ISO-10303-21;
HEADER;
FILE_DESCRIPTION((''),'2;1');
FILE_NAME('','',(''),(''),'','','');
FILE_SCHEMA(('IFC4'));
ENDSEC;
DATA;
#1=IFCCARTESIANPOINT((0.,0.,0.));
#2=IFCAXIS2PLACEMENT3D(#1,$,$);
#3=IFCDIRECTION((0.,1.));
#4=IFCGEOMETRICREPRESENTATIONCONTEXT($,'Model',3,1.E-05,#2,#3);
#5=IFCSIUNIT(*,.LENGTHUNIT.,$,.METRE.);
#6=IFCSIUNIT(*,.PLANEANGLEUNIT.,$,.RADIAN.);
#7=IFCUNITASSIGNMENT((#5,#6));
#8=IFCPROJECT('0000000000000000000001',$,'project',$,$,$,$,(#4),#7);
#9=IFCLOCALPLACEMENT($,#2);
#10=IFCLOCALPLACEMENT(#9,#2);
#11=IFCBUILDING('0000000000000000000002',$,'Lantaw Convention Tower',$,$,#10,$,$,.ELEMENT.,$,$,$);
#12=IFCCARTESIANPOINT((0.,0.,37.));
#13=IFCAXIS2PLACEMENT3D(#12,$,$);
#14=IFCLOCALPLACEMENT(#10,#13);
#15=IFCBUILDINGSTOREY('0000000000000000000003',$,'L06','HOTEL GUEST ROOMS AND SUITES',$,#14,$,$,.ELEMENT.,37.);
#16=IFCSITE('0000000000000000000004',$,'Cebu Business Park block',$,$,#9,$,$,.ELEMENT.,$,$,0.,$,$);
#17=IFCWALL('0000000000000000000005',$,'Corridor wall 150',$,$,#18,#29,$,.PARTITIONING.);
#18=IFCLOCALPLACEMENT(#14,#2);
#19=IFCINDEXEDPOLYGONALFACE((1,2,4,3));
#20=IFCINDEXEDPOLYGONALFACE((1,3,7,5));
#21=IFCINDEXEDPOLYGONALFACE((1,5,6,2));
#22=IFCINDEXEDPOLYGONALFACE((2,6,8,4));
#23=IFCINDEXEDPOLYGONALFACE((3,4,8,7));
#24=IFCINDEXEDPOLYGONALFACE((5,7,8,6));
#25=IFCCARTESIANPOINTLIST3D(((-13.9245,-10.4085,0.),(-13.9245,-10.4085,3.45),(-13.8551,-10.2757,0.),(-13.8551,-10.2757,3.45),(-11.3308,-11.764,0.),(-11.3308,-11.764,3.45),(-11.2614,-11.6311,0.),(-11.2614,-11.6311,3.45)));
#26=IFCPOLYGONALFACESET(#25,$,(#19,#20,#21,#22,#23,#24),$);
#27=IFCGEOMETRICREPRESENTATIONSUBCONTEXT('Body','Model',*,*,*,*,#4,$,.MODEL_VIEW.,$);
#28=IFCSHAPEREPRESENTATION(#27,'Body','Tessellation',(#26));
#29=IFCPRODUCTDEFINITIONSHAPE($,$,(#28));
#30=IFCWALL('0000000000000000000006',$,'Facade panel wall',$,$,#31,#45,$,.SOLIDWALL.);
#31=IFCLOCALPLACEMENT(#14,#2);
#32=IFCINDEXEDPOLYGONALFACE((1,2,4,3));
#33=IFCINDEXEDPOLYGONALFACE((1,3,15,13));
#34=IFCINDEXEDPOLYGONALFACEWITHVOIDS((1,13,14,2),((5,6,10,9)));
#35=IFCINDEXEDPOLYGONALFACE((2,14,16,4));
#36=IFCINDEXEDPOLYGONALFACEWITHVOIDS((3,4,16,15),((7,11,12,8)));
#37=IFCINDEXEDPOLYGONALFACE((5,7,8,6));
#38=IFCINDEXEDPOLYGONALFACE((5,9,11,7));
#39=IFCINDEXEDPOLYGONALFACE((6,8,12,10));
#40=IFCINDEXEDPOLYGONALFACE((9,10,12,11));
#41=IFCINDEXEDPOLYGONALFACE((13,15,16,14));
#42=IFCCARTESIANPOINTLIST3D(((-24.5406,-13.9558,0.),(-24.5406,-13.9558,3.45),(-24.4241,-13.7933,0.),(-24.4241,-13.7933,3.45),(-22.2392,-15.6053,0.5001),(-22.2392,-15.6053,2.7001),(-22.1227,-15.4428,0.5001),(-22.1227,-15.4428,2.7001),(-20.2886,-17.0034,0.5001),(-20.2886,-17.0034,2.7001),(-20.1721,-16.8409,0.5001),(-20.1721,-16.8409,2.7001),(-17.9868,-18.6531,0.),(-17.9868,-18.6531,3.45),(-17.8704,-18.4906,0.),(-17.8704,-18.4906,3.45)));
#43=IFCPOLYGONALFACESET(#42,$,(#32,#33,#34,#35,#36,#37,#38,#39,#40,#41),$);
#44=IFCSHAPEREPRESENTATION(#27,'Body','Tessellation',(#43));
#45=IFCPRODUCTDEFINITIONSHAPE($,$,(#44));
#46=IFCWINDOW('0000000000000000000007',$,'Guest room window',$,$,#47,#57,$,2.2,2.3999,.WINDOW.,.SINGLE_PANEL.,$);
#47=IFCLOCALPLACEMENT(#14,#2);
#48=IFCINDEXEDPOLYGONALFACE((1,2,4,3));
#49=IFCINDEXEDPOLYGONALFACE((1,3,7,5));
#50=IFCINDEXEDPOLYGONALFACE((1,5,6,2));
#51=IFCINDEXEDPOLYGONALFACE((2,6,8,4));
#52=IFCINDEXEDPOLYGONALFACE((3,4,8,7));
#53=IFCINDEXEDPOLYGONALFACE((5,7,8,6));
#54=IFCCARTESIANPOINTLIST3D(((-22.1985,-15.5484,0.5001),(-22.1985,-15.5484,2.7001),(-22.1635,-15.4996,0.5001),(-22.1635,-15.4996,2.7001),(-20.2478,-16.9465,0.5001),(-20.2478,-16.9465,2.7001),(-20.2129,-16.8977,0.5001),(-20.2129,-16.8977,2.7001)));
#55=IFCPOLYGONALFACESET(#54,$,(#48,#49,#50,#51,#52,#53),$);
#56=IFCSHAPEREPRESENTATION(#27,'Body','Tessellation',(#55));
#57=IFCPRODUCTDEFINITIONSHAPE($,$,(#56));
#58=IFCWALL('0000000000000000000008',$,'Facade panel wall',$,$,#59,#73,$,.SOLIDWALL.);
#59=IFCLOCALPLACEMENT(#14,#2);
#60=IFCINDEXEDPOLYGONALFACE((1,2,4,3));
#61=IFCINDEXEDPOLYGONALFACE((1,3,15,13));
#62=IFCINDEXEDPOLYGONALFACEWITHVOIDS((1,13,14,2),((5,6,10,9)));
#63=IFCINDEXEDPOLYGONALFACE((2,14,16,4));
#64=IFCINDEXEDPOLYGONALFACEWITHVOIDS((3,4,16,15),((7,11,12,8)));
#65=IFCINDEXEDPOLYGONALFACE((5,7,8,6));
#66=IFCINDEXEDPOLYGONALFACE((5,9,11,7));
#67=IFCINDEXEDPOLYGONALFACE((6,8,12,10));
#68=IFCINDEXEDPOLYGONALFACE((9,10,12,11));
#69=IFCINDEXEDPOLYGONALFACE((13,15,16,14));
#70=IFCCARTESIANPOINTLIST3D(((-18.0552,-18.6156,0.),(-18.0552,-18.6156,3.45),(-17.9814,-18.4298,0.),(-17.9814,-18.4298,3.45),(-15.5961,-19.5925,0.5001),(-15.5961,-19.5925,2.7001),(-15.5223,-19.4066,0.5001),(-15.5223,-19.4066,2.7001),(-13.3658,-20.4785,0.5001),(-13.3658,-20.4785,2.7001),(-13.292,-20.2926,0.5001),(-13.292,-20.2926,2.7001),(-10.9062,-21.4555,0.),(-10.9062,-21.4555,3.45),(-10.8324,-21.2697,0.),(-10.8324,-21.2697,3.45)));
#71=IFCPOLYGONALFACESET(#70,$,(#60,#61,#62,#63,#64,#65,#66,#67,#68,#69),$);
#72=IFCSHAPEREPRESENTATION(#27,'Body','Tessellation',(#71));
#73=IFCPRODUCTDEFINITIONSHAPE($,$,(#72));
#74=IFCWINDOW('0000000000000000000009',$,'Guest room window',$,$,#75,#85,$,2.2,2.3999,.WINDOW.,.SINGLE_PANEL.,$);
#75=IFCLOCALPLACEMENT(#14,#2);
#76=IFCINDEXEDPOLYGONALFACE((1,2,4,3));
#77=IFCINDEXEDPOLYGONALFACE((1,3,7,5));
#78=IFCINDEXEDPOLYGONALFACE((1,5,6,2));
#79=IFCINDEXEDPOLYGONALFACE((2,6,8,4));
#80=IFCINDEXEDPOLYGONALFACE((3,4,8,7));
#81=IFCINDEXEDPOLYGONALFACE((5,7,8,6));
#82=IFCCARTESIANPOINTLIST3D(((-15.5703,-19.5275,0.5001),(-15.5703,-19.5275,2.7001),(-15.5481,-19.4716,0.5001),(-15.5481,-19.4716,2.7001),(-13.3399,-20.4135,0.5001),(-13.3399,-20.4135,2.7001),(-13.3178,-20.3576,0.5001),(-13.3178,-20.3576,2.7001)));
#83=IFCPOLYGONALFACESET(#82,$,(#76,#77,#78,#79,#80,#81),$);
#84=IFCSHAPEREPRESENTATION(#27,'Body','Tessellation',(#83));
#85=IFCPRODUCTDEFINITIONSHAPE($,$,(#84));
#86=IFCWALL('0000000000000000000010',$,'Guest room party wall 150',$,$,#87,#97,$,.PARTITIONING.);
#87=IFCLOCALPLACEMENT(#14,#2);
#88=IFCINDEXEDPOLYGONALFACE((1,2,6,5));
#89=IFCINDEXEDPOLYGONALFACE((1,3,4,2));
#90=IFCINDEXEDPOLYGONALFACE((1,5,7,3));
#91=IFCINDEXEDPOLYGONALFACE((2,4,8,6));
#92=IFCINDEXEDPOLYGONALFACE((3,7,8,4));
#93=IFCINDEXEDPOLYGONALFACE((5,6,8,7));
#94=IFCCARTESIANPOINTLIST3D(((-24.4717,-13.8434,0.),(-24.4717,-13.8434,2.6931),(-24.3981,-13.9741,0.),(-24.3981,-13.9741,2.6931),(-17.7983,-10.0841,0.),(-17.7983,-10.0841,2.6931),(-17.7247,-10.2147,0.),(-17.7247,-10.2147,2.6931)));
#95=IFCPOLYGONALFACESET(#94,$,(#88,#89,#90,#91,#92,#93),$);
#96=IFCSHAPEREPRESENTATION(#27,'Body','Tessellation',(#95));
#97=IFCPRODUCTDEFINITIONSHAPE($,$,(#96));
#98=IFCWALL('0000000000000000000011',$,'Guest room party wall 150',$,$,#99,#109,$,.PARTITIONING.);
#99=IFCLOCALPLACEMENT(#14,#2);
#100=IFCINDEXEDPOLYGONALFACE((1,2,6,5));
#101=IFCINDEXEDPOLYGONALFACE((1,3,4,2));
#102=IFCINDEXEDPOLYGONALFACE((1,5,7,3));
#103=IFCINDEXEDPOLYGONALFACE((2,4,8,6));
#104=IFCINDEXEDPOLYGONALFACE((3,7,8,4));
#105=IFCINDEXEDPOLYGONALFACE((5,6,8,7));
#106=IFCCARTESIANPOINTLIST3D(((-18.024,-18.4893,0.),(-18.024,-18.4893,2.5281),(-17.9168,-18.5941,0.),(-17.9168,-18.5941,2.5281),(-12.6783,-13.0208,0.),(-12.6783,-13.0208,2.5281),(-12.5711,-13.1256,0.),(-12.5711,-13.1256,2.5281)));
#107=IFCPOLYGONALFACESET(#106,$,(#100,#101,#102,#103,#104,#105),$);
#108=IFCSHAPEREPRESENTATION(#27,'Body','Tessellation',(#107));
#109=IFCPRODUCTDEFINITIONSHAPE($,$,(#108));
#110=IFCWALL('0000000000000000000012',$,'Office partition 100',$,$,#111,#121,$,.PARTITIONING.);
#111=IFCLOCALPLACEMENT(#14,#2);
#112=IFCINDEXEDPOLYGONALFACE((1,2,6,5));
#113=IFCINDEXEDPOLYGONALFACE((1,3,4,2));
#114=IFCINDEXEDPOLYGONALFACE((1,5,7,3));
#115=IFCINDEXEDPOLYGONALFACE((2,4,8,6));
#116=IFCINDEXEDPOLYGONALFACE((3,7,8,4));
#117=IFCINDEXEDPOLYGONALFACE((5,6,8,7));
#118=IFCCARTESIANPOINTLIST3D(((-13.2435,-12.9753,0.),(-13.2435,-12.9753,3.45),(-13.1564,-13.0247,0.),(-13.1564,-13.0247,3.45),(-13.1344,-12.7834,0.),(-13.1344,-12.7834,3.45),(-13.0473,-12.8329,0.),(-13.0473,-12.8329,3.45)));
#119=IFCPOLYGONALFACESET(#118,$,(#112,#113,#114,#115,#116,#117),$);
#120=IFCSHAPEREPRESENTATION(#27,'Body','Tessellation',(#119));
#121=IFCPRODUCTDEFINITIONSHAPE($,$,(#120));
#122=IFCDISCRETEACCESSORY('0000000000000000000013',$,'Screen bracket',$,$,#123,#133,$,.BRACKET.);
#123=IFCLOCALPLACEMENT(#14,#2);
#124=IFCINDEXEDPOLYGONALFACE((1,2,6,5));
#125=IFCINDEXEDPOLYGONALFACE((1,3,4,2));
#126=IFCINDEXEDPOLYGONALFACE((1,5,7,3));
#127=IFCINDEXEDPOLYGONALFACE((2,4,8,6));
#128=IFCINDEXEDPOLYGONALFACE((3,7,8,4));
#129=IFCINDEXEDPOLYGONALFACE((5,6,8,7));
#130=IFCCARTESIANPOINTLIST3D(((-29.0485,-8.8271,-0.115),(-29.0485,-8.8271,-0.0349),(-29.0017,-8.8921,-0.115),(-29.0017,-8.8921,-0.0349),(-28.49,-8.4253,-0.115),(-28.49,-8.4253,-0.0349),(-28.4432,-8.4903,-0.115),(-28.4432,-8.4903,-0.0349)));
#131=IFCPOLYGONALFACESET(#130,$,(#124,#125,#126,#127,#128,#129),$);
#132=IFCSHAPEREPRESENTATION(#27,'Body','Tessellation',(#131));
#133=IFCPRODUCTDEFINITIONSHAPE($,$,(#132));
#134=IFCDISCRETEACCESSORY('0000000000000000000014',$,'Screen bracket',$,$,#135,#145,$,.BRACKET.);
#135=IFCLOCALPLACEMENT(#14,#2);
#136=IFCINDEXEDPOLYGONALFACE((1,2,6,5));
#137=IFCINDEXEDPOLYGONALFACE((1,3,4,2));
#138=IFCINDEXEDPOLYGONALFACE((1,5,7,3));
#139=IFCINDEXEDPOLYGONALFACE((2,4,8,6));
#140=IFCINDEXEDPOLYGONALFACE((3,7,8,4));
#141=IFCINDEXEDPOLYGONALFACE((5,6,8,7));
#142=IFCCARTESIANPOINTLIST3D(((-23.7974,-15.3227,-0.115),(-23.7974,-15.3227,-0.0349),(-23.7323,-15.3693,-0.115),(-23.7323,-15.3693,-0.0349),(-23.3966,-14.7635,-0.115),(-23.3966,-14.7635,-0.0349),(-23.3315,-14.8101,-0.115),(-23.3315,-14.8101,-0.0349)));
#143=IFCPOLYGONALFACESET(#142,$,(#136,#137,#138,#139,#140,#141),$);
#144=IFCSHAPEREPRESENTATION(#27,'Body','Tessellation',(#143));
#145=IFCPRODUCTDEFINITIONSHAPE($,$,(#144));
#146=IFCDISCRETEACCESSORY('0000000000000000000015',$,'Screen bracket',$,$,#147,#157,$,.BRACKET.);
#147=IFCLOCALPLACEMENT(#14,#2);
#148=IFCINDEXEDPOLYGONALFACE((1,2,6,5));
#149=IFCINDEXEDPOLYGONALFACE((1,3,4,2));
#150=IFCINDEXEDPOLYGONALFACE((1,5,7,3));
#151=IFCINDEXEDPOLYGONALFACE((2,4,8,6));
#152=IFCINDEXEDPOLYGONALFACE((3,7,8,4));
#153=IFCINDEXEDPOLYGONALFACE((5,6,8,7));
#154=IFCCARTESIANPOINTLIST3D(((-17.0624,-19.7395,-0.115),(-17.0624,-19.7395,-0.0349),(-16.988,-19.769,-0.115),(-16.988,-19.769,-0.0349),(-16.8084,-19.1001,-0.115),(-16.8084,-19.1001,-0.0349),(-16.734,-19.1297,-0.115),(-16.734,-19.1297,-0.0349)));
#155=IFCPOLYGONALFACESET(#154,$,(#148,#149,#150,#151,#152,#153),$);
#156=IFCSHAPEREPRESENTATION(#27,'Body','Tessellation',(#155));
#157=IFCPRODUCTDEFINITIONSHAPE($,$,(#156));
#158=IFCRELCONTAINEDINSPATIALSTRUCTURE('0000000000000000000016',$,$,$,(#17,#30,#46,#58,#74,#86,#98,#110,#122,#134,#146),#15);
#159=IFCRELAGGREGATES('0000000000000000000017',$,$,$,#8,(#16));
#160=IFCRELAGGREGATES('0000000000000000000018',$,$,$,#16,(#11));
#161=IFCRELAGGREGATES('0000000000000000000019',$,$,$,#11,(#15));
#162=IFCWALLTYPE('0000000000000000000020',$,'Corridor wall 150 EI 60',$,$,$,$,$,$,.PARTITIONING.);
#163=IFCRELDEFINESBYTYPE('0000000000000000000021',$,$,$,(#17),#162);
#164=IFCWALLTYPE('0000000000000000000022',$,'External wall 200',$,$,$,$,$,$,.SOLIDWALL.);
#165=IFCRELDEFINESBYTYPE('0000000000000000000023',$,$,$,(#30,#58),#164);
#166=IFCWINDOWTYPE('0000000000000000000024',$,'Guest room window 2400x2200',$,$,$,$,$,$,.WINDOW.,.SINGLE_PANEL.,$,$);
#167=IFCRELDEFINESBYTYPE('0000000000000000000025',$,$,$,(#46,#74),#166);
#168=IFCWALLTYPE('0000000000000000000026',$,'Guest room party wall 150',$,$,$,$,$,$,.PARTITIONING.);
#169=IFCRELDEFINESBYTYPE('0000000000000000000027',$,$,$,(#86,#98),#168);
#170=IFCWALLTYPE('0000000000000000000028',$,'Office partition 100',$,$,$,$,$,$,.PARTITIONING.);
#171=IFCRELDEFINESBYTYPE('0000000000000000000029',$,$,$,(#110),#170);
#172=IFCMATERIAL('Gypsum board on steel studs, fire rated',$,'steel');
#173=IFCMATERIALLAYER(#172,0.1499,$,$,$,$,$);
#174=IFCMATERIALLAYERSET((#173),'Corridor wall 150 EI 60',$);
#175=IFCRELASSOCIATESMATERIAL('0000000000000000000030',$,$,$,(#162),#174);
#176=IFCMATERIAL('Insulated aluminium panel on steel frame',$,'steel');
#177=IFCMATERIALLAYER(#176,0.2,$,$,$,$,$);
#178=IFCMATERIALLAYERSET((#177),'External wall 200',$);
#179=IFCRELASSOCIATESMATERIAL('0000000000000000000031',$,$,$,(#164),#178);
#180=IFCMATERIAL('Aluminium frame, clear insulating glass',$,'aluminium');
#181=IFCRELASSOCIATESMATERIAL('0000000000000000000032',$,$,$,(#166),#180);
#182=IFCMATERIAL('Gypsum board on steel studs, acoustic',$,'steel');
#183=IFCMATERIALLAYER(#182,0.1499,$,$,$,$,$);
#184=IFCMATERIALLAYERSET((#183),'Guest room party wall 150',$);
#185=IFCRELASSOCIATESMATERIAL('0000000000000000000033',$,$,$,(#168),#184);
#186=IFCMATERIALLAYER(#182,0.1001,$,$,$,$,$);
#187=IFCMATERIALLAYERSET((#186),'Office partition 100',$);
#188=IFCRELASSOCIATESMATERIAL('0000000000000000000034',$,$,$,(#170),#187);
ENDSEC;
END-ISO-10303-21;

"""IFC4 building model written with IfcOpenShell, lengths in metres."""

from ifc_helpers import new_model, si_unit, direction, frame, frame_2d, origin, origin_2d, place, context, subcontext, project, spatial, rectangle, extrude, material, layer, layer_set, type_object, element, fill, save


model = new_model("IFC4")

# Units and contexts
model_context = context("Model", 3, precision=1e-05, world=origin(), true_north=direction((0.0, 1.0)))
body_context = subcontext(model_context, "Body", "Model", "MODEL_VIEW")
ifc_project = project(units=[si_unit("LENGTHUNIT", "METRE"), si_unit("PLANEANGLEUNIT", "RADIAN")], contexts=[model_context])

# Site, building, storey
site_placement = place(None, origin())
site = spatial("IfcSite", under=ifc_project, at=site_placement, Name="Cebu Business Park block", CompositionType="ELEMENT", RefElevation=0.0)
building_placement = place(site_placement, origin())
building = spatial("IfcBuilding", under=site, at=building_placement, Name="Lantaw Convention Tower", CompositionType="ELEMENT")
storey_placement = place(building_placement, frame((0.0, 0.0, 37.0)))
storey = spatial("IfcBuildingStorey", under=building, at=storey_placement, Name="L06", Description="HOTEL GUEST ROOMS AND SUITES", CompositionType="ELEMENT", Elevation=37.0)

# Shared definitions
ifc_material_1 = material(Name="Gypsum board on steel studs, fire rated", Category="steel")
ifc_layer_1 = layer(ifc_material_1, 0.1499)
ifc_layer_set_1 = layer_set([ifc_layer_1], Name="Corridor wall 150 EI 60")
wall_type_1 = type_object("IfcWallType", Name="Corridor wall 150 EI 60", PredefinedType="PARTITIONING", material=ifc_layer_set_1)

# Wall
wall_1_placement = place(storey_placement, frame((-13.8899, -10.342, 0.0), z_axis=(0.0, 0.0, 1.0), x_axis=(0.886275, -0.463159, 0.0)))
element("IfcWall", 1, at=wall_1_placement, inside=storey, type_object=wall_type_1, Name="Corridor wall 150", PredefinedType="PARTITIONING", context=body_context, shape_type="SweptSolid", body=[
    extrude(rectangle(XDim=2.9265, YDim=0.1499, at=frame_2d((1.4634, 0.0))), origin(), (0.0, 0.0, 1.0), 3.45),
])

# Walls, openings, windows
ifc_material_2 = material(Name="Insulated aluminium panel on steel frame", Category="steel")
ifc_layer_2 = layer(ifc_material_2, 0.2)
ifc_layer_set_2 = layer_set([ifc_layer_2], Name="External wall 200")
wall_type_2 = type_object("IfcWallType", Name="External wall 200", PredefinedType="SOLIDWALL", material=ifc_layer_set_2)
wall_2_placement = place(storey_placement, frame((-24.4824, -13.8745, 0.0), z_axis=(0.0, 0.0, 1.0), x_axis=(0.812791, -0.582555, 0.0)))
wall_2 = element("IfcWall", 2, at=wall_2_placement, inside=storey, type_object=wall_type_2, Name="Facade panel wall", PredefinedType="SOLIDWALL", context=body_context, shape_type="SweptSolid", body=[
    extrude(rectangle(XDim=8.0632, YDim=0.2, at=frame_2d((4.0317, 0.0))), origin(), (0.0, 0.0, 1.0), 3.45),
])
opening_1_placement = place(wall_2_placement, frame((2.8315, 0.0, 0.5)))
opening_1 = element("IfcOpeningElement", 3, at=opening_1_placement, cuts=wall_2, PredefinedType="OPENING", context=body_context, shape_type="SweptSolid", body=[
    extrude(rectangle(XDim=2.3999, YDim=2.2, at=frame_2d((1.2, 1.1001))), frame((0.0, 0.1099, 0.0), z_axis=(0.0, -1.0, 0.0), x_axis=(1.0, 0.0, 0.0)), (0.0, 0.0, 1.0), 0.22),
])
ifc_material_3 = material(Name="Aluminium frame, clear insulating glass", Category="aluminium")
window_type = type_object("IfcWindowType", Name="Guest room window 2400x2200", PartitioningType="SINGLE_PANEL", PredefinedType="WINDOW", material=ifc_material_3)
window_1_placement = place(opening_1_placement, origin())
window_1 = element("IfcWindow", 4, at=window_1_placement, inside=storey, type_object=window_type, Name="Guest room window", OverallHeight=2.2, OverallWidth=2.3999, PartitioningType="SINGLE_PANEL", PredefinedType="WINDOW", context=body_context, shape_type="SweptSolid", body=[
    extrude(rectangle(XDim=2.3999, YDim=2.2, at=frame_2d((1.2, 1.1001))), frame((0.0, 0.03, 0.0), z_axis=(0.0, -1.0, 0.0), x_axis=(1.0, 0.0, 0.0)), (0.0, 0.0, 1.0), 0.0601),
])
fill(opening_1, window_1)
wall_3_placement = place(storey_placement, frame((-18.0183, -18.5227, 0.0), z_axis=(0.0, 0.0, 1.0), x_axis=(0.929358, -0.369179, 0.0)))
wall_3 = element("IfcWall", 5, at=wall_3_placement, inside=storey, type_object=wall_type_2, Name="Facade panel wall", PredefinedType="SOLIDWALL", context=body_context, shape_type="SweptSolid", body=[
    extrude(rectangle(XDim=7.6924, YDim=0.2, at=frame_2d((3.8462, 0.0))), origin(), (0.0, 0.0, 1.0), 3.45),
])
opening_2_placement = place(wall_3_placement, frame((2.646, 0.0, 0.5)))
opening_2 = element("IfcOpeningElement", 6, at=opening_2_placement, cuts=wall_3, PredefinedType="OPENING", context=body_context, shape_type="SweptSolid", body=[
    extrude(rectangle(XDim=2.3999, YDim=2.2, at=frame_2d((1.2, 1.1001))), frame((0.0, 0.1099, 0.0), z_axis=(0.0, -1.0, 0.0), x_axis=(1.0, 0.0, 0.0)), (0.0, 0.0, 1.0), 0.22),
])
window_2_placement = place(opening_2_placement, origin())
window_2 = element("IfcWindow", 7, at=window_2_placement, inside=storey, type_object=window_type, Name="Guest room window", OverallHeight=2.2, OverallWidth=2.3999, PartitioningType="SINGLE_PANEL", PredefinedType="WINDOW", context=body_context, shape_type="SweptSolid", body=[
    extrude(rectangle(XDim=2.3999, YDim=2.2, at=frame_2d((1.2, 1.1001))), frame((0.0, 0.03, 0.0), z_axis=(0.0, -1.0, 0.0), x_axis=(1.0, 0.0, 0.0)), (0.0, 0.0, 1.0), 0.0601),
])
fill(opening_2, window_2)

# Walls
ifc_material_4 = material(Name="Gypsum board on steel studs, acoustic", Category="steel")
ifc_layer_3 = layer(ifc_material_4, 0.1499)
ifc_layer_set_3 = layer_set([ifc_layer_3], Name="Guest room party wall 150")
wall_type_3 = type_object("IfcWallType", Name="Guest room party wall 150", PredefinedType="PARTITIONING", material=ifc_layer_set_3)
wall_4_placement = place(storey_placement, frame((-24.4348, -13.9087, 0.0), z_axis=(0.0, 0.0, 1.0), x_axis=(0.871267, 0.490809, 0.0)))
element("IfcWall", 8, at=wall_4_placement, inside=storey, type_object=wall_type_3, Name="Guest room party wall 150", PredefinedType="PARTITIONING", context=body_context, shape_type="SweptSolid", body=[
    extrude(rectangle(XDim=7.6594, YDim=0.1499, at=frame_2d((3.8296, 0.0))), origin(), (0.0, 0.0, 1.0), 2.6931),
])
wall_5_placement = place(storey_placement, frame((-17.9705, -18.5417, 0.0), z_axis=(0.0, 0.0, 1.0), x_axis=(0.699032, 0.71509, 0.0)))
element("IfcWall", 9, at=wall_5_placement, inside=storey, type_object=wall_type_3, Name="Guest room party wall 150", PredefinedType="PARTITIONING", context=body_context, shape_type="SweptSolid", body=[
    extrude(rectangle(XDim=7.6472, YDim=0.1499, at=frame_2d((3.8237, 0.0))), origin(), (0.0, 0.0, 1.0), 2.5281),
])
ifc_layer_4 = layer(ifc_material_4, 0.1001)
ifc_layer_set_4 = layer_set([ifc_layer_4], Name="Office partition 100")
wall_type_4 = type_object("IfcWallType", Name="Office partition 100", PredefinedType="PARTITIONING", material=ifc_layer_set_4)
wall_6_placement = place(storey_placement, frame((-13.2, -13.0, 0.0), z_axis=(0.0, 0.0, 1.0), x_axis=(0.494351, 0.869262, 0.0)))
element("IfcWall", 10, at=wall_6_placement, inside=storey, type_object=wall_type_4, Name="Office partition 100", PredefinedType="PARTITIONING", context=body_context, shape_type="SweptSolid", body=[
    extrude(rectangle(XDim=0.2207, YDim=0.1001, at=frame_2d((0.1104, 0.0))), origin(), (0.0, 0.0, 1.0), 3.45),
])

# Discrete accessories
for number, where, z_axis, x_axis, name in (
    (11, (-28.7458, -8.6587, -0.115), (0.0, 0.0, 1.0), (0.583951, -0.811789, 0.0), "Screen bracket"),
    (12, (-23.5645, -15.0664, -0.115), (0.0, 0.0, 1.0), (0.812804, -0.582538, 0.0), "Screen bracket"),
    (13, (-16.8982, -19.4346, -0.115), (0.0, 0.0, 1.0), (0.929361, -0.369172, 0.0), "Screen bracket"),
):
    element("IfcDiscreteAccessory", number, at=place(storey_placement, frame(where, z_axis=z_axis, x_axis=x_axis)), inside=storey, Name=name, PredefinedType="BRACKET", context=body_context, shape_type="SweptSolid", body=[
        extrude(rectangle(XDim=0.0801, YDim=0.688, at=origin_2d()), origin(), (0.0, 0.0, 1.0), 0.0801),
    ])

save(model, "model.ifc")
